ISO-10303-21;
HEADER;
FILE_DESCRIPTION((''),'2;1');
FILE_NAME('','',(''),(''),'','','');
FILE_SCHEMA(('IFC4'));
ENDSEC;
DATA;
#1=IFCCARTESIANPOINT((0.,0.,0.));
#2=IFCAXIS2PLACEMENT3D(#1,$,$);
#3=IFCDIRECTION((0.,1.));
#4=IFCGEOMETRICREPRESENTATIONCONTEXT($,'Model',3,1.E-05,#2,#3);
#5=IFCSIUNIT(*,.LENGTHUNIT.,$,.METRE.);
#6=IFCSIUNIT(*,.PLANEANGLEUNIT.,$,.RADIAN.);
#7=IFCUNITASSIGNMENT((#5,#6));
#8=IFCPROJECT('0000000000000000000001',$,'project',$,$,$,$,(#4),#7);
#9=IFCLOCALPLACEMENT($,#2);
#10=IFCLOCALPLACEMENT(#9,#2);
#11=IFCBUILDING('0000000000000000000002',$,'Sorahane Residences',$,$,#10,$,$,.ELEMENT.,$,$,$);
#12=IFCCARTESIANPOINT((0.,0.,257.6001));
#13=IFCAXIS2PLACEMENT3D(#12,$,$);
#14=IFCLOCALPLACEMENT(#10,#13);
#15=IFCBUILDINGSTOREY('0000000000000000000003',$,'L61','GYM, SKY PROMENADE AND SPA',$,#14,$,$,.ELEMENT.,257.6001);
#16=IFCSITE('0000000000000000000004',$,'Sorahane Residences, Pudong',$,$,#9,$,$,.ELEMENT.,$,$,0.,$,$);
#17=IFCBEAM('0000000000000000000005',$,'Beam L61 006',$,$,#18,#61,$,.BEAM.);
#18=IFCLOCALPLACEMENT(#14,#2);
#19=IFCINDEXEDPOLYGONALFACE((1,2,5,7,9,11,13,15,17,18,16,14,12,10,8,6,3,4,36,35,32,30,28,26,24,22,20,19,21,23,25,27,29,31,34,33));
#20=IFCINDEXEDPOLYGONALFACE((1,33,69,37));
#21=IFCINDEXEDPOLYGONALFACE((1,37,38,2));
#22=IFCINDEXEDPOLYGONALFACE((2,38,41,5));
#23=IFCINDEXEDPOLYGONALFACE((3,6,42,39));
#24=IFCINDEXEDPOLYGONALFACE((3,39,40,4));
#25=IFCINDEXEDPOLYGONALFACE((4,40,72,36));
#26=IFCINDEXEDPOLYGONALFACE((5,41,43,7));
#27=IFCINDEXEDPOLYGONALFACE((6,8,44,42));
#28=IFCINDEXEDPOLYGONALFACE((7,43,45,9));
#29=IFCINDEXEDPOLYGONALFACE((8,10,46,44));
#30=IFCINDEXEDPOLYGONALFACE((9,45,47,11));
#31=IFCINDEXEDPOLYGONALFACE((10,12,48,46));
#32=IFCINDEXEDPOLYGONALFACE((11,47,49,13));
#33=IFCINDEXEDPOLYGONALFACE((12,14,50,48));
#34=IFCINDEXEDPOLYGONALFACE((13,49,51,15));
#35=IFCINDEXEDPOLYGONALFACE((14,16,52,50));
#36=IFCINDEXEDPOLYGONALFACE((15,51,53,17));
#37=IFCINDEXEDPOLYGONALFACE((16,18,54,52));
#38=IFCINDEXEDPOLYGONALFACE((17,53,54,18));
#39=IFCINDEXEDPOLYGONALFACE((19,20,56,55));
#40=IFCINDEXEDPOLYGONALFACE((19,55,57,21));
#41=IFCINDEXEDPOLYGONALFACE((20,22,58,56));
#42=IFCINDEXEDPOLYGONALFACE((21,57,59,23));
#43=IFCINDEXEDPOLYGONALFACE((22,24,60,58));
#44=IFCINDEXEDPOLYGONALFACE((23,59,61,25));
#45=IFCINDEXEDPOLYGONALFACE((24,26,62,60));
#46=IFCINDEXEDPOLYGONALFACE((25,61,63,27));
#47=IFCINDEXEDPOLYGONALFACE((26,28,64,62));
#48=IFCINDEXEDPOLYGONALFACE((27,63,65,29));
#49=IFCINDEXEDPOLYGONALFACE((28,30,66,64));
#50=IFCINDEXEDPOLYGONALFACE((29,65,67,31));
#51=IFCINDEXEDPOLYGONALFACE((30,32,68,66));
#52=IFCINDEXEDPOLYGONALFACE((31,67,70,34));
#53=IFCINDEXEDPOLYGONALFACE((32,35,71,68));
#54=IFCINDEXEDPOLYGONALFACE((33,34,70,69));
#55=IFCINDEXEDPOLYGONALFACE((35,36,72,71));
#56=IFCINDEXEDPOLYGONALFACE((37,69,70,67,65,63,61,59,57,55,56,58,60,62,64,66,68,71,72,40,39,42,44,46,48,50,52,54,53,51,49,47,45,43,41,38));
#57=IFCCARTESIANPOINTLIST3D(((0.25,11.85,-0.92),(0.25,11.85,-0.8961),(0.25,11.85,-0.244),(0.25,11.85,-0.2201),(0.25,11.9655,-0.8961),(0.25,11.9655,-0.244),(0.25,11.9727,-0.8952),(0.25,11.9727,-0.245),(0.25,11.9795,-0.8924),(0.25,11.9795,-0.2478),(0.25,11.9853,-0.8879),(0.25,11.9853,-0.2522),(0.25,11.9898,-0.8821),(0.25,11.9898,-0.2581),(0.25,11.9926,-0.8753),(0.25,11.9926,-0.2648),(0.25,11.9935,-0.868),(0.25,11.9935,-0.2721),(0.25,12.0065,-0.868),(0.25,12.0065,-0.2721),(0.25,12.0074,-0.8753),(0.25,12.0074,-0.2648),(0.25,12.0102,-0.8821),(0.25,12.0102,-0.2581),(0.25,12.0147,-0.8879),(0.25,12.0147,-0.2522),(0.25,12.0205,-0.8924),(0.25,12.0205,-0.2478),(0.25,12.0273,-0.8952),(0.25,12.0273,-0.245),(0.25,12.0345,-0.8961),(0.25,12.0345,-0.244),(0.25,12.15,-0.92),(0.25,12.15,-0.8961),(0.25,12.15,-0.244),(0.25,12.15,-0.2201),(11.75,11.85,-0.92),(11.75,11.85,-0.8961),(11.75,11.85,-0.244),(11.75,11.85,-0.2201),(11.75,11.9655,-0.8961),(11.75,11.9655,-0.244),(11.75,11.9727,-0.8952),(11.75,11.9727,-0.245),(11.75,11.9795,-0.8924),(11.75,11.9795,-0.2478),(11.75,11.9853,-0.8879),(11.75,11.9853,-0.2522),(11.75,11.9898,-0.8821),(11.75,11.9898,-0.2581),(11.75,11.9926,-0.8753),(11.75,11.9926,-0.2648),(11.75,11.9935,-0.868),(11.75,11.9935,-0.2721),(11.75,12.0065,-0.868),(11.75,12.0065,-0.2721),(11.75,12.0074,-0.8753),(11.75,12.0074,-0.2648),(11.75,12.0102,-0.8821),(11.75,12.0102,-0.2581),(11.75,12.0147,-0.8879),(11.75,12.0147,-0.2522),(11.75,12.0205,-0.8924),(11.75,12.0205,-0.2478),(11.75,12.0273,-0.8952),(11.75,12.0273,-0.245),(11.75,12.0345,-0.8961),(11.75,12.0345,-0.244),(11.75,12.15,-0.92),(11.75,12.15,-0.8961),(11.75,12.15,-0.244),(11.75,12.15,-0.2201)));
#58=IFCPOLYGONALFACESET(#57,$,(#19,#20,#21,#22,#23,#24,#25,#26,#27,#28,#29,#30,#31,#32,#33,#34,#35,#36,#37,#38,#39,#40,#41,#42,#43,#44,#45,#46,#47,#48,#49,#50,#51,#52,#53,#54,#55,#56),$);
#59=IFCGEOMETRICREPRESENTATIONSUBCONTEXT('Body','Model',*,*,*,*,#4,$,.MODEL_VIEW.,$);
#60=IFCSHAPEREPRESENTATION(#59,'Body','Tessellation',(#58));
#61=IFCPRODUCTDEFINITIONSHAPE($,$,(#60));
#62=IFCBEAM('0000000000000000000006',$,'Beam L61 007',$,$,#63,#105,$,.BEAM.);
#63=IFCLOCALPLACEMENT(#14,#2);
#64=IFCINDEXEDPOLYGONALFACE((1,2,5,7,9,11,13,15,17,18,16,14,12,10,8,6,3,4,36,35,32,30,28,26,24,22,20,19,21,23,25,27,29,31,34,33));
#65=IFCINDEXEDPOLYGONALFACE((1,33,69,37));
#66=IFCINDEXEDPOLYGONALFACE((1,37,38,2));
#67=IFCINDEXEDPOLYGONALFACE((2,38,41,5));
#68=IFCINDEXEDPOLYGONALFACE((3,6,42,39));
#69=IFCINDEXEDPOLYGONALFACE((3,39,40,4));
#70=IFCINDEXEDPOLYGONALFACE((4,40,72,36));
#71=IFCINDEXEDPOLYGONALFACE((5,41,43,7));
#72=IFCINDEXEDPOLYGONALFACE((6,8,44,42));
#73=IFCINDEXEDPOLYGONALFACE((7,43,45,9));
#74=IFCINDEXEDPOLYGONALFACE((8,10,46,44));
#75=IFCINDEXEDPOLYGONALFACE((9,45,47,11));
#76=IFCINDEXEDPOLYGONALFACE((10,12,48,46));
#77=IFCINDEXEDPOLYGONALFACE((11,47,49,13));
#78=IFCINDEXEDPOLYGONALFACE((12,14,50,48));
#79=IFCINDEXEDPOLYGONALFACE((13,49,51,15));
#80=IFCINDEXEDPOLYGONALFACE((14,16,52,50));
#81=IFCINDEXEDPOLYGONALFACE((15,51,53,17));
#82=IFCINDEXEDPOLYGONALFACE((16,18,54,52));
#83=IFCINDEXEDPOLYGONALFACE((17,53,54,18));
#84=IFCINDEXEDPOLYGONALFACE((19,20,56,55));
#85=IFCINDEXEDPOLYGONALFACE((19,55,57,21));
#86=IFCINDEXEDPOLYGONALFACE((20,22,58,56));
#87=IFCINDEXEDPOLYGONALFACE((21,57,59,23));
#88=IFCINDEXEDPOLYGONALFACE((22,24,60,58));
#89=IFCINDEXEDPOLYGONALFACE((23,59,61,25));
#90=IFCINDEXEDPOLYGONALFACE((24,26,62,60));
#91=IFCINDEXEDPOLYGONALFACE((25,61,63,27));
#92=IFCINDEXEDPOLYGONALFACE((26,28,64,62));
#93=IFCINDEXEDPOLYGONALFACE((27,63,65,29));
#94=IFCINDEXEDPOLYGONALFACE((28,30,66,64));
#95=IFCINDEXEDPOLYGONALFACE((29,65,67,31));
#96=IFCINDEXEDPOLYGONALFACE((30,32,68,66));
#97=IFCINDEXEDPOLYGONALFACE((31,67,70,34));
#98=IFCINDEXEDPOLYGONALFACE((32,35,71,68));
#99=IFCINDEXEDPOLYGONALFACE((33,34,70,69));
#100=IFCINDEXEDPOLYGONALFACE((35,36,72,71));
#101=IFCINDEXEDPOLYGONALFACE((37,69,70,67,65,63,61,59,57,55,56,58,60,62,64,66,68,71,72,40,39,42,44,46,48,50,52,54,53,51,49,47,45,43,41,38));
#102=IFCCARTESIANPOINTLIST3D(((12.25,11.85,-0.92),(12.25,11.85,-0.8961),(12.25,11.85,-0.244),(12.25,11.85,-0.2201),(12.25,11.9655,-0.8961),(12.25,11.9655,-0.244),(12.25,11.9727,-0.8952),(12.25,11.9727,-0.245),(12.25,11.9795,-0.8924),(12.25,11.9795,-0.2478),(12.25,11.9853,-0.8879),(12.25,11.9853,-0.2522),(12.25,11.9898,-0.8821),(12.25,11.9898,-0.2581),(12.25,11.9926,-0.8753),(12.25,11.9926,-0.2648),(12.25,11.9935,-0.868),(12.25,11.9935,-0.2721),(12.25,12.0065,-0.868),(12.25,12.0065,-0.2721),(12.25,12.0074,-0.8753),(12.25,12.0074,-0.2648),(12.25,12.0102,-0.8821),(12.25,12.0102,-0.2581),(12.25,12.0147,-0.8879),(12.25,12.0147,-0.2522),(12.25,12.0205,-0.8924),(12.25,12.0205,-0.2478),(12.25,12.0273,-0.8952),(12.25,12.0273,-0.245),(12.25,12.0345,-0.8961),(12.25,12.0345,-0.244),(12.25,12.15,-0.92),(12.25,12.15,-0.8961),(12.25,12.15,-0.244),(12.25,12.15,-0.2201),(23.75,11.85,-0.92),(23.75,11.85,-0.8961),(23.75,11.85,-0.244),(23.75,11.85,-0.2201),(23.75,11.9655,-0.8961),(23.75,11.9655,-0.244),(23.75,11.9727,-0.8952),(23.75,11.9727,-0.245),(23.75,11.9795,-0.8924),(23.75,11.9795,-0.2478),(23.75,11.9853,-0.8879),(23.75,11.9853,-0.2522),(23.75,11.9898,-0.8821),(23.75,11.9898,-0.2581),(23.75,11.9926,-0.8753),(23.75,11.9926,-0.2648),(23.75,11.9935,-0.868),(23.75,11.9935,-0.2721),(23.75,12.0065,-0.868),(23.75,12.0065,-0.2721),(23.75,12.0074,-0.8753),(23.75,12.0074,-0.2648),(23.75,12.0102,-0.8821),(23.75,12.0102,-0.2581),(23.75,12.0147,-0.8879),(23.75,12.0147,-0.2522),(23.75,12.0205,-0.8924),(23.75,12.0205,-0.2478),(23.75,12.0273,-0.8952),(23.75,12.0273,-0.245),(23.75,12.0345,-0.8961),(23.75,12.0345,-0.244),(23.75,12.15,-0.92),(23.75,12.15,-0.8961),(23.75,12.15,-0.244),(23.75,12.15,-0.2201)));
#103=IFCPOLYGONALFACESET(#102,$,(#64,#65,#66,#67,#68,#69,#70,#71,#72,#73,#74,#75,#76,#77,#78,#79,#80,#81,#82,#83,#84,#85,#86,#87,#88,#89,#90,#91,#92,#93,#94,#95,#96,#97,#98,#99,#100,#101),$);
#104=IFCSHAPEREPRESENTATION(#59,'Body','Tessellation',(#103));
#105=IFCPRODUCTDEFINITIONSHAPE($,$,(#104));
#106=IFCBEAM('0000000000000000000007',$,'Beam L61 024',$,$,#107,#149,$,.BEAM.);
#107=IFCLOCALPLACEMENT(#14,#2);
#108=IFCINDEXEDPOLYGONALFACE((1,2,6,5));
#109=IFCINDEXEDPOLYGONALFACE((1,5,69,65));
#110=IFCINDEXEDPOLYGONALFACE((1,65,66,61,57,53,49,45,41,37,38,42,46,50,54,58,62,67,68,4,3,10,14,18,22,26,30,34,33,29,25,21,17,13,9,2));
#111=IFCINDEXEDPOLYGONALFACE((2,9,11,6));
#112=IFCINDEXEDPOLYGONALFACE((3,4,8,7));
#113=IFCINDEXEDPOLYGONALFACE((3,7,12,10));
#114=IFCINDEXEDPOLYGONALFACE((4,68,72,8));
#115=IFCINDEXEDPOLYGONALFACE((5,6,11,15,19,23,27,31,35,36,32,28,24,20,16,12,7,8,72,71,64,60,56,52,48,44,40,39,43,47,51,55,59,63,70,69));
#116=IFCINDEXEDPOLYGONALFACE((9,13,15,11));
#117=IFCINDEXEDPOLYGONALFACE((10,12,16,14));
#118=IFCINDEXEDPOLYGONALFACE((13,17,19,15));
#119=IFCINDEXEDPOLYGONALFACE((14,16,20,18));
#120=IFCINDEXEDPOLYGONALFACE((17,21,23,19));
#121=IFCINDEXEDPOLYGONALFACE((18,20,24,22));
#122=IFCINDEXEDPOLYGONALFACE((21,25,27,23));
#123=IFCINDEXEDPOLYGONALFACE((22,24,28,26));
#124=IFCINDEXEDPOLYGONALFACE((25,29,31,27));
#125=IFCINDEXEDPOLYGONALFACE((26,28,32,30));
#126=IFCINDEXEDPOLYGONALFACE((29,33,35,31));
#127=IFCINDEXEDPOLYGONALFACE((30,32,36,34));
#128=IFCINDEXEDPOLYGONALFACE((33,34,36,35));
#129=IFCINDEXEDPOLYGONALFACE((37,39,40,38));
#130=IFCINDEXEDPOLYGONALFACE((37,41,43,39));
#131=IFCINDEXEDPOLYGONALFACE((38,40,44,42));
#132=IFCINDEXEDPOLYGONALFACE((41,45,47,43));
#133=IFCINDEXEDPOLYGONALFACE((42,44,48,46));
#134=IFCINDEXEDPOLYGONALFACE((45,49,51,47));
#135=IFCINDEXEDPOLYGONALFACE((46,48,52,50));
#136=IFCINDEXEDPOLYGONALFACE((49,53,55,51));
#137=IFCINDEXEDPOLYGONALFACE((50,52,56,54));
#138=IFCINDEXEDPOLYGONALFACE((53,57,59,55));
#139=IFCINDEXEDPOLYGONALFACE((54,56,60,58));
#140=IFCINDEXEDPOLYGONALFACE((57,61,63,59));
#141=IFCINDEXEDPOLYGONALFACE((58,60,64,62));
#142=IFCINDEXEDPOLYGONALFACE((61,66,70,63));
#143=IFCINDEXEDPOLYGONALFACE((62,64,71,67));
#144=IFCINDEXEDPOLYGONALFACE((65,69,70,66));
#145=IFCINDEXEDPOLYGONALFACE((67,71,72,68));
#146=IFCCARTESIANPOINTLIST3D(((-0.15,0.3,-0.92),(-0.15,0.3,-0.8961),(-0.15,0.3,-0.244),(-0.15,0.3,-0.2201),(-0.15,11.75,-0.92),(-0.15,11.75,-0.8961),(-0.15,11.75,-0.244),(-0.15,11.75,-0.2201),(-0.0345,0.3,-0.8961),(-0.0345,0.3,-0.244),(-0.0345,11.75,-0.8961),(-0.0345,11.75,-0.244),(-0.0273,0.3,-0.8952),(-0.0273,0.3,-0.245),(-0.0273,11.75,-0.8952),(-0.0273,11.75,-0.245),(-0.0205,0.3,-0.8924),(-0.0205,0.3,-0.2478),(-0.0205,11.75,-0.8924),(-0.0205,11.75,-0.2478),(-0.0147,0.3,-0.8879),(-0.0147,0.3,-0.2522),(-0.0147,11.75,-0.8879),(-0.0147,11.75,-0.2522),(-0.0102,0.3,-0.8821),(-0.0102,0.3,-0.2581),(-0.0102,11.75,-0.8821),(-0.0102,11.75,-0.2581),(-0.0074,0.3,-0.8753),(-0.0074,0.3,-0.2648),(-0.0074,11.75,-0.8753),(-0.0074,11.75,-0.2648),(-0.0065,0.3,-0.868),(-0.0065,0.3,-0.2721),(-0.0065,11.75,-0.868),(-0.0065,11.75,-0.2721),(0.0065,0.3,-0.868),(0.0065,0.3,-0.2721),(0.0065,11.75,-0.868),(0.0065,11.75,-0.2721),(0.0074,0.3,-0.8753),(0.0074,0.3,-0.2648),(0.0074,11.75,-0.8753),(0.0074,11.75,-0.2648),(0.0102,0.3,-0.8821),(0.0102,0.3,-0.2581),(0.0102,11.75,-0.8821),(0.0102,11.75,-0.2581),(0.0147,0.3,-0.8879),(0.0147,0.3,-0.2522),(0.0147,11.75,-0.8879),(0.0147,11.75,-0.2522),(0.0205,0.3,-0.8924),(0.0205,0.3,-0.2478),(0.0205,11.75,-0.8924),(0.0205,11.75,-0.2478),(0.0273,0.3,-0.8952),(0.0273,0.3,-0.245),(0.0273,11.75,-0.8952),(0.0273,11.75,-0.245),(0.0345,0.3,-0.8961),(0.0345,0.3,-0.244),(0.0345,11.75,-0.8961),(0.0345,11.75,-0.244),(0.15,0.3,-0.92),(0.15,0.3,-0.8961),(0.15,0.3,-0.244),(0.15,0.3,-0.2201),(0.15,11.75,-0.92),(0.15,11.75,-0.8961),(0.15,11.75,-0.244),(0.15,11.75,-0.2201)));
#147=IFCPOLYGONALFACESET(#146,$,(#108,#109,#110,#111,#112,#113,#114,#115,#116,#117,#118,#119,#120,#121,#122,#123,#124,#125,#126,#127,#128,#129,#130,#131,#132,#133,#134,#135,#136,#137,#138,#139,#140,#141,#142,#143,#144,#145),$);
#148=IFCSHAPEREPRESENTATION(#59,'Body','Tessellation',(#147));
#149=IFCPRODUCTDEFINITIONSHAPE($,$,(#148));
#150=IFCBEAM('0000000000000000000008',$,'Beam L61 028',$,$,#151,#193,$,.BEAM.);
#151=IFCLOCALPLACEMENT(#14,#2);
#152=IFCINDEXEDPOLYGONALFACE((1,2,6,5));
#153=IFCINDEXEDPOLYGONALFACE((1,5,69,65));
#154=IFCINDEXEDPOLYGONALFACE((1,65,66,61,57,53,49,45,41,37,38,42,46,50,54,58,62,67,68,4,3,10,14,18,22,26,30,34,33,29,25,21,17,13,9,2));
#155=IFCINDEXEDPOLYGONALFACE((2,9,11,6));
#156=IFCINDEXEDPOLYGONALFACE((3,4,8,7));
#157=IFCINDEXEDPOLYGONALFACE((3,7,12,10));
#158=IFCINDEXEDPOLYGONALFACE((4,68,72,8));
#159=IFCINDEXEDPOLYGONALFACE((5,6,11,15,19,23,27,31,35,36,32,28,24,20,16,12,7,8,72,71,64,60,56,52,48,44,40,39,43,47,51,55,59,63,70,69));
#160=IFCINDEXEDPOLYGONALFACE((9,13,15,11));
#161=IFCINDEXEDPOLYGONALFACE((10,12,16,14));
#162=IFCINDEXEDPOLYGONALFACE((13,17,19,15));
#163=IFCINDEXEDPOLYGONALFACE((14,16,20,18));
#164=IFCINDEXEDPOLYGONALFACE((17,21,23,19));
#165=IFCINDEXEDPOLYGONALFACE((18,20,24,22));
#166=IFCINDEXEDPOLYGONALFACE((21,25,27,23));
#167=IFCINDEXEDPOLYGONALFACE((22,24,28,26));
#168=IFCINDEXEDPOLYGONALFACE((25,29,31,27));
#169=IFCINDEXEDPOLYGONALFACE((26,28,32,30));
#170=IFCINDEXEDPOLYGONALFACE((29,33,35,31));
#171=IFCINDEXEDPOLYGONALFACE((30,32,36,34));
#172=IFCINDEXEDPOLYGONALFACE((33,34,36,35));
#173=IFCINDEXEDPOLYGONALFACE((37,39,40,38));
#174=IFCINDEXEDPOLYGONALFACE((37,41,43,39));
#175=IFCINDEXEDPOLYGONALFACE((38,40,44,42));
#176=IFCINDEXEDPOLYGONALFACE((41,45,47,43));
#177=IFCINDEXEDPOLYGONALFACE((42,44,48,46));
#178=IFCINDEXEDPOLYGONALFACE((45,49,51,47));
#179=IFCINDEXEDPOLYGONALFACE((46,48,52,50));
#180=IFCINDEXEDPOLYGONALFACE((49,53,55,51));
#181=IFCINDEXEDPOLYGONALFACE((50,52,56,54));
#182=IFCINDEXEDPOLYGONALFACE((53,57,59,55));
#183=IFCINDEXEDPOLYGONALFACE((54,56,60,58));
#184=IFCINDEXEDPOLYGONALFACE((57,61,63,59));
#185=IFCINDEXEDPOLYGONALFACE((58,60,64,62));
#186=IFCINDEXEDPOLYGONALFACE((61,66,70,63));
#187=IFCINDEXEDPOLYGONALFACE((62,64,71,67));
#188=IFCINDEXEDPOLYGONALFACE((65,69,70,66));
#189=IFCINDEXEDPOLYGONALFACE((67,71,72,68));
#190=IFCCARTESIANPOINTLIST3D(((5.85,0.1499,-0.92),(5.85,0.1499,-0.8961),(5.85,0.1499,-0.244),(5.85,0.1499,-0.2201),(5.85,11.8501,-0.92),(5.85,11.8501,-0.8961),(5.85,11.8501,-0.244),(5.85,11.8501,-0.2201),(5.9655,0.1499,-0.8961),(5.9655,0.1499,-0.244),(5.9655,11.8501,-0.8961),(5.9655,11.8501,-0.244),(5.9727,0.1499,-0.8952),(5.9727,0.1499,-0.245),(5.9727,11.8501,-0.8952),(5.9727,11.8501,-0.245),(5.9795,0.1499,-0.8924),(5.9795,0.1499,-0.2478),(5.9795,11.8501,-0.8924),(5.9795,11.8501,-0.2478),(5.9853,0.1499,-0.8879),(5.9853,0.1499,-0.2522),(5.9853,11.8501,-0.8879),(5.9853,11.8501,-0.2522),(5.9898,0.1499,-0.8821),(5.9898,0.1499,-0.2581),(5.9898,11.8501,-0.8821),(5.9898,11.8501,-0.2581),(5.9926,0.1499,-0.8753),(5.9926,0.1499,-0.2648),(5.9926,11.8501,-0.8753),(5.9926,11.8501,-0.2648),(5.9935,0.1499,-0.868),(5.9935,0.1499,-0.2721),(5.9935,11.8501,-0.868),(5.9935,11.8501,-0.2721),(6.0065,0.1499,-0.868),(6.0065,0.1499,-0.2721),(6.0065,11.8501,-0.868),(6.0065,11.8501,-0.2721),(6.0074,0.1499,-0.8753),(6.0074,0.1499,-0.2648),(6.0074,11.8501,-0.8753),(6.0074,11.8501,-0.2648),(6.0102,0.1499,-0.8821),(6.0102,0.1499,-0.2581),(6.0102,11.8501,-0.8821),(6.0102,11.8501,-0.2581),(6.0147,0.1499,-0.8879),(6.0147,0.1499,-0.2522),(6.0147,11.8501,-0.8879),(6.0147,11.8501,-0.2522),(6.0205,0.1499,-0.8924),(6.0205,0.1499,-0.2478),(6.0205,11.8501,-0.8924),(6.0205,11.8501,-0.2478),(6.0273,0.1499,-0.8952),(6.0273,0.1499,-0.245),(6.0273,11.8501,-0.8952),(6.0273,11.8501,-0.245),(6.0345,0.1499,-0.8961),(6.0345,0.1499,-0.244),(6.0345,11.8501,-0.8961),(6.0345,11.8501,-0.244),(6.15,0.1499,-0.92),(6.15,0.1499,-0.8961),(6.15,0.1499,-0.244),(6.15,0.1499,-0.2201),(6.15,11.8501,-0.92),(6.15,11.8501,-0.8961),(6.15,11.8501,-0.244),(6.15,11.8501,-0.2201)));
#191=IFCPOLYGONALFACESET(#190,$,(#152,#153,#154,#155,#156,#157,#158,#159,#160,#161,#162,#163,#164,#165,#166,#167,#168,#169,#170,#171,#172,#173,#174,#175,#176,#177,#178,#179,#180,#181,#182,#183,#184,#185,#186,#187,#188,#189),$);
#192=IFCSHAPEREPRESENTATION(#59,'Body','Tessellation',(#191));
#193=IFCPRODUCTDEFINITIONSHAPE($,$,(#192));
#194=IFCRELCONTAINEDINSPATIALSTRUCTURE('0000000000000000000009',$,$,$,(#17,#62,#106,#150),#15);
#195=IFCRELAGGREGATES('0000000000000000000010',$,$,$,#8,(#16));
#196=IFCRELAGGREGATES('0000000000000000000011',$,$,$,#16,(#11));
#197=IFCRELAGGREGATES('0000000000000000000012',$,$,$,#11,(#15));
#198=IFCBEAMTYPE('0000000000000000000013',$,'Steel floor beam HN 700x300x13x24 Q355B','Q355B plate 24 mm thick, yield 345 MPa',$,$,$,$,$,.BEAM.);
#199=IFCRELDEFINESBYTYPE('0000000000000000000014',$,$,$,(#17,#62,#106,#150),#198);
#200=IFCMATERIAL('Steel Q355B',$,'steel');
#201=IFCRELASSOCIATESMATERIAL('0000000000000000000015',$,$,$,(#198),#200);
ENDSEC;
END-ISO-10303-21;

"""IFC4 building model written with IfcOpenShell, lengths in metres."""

from ifc_helpers import new_model, si_unit, direction, frame, origin, origin_2d, place, context, subcontext, project, spatial, i_section, extrude, material, material_profile, profile_set, type_object, element, save


model = new_model("IFC4")

# Units and contexts
model_context = context("Model", 3, precision=1e-05, world=origin(), true_north=direction((0.0, 1.0)))
body_context = subcontext(model_context, "Body", "Model", "MODEL_VIEW")
ifc_project = project(units=[si_unit("LENGTHUNIT", "METRE"), si_unit("PLANEANGLEUNIT", "RADIAN")], contexts=[model_context])

# Site, building, storey
site_placement = place(None, origin())
site = spatial("IfcSite", under=ifc_project, at=site_placement, Name="Sorahane Residences, Pudong", CompositionType="ELEMENT", RefElevation=0.0)
building_placement = place(site_placement, origin())
building = spatial("IfcBuilding", under=site, at=building_placement, Name="Sorahane Residences", CompositionType="ELEMENT")
storey_placement = place(building_placement, frame((0.0, 0.0, 257.6001)))
storey = spatial("IfcBuildingStorey", under=building, at=storey_placement, Name="L61", Description="GYM, SKY PROMENADE AND SPA", CompositionType="ELEMENT", Elevation=257.6001)

# Beams
ifc_material_1 = material(Name="Steel Q355B", Category="steel")
ifc_material_profile_1 = material_profile(ifc_material_1, i_section(OverallWidth=0.3, OverallDepth=0.7, WebThickness=0.0129, FlangeThickness=0.0239, FilletRadius=0.0281, at=origin_2d()), Name="HN 700x300x13x24")
ifc_profile_set_1 = profile_set([ifc_material_profile_1], Name="Steel Q355B")
beam_type_1 = type_object("IfcBeamType", Name="Steel floor beam HN 700x300x13x24 Q355B", Description="Q355B plate 24 mm thick, yield 345 MPa", PredefinedType="BEAM", material=ifc_profile_set_1)
for number, where, z_axis, x_axis, name in (
    (1, (0.25, 12.0, -0.5701), (1.0, 0.0, 0.0), (0.0, 1.0, 0.0), "Beam L61 006"),
    (2, (12.25, 12.0, -0.5701), (1.0, 0.0, 0.0), (0.0, 1.0, 0.0), "Beam L61 007"),
):
    element("IfcBeam", number, at=place(storey_placement, frame(where, z_axis=z_axis, x_axis=x_axis)), inside=storey, type_object=beam_type_1, Name=name, PredefinedType="BEAM", context=body_context, shape_type="SweptSolid", body=[
        extrude(i_section(OverallWidth=0.3, OverallDepth=0.7, WebThickness=0.0129, FlangeThickness=0.0239, FilletRadius=0.0281, at=origin_2d()), origin(), (0.0, 0.0, 1.0), 11.5),
    ])
beam_1_placement = place(storey_placement, frame((0.0, 0.3, -0.5701), z_axis=(0.0, 1.0, 0.0), x_axis=(-1.0, 0.0, 0.0)))
element("IfcBeam", 3, at=beam_1_placement, inside=storey, type_object=beam_type_1, Name="Beam L61 024", PredefinedType="BEAM", context=body_context, shape_type="SweptSolid", body=[
    extrude(i_section(OverallWidth=0.3, OverallDepth=0.7, WebThickness=0.0129, FlangeThickness=0.0239, FilletRadius=0.0281, at=origin_2d()), origin(), (0.0, 0.0, 1.0), 11.45),
])
beam_2_placement = place(storey_placement, frame((6.0, 0.1499, -0.5701), z_axis=(0.0, 1.0, 0.0), x_axis=(-1.0, 0.0, 0.0)))
element("IfcBeam", 4, at=beam_2_placement, inside=storey, type_object=beam_type_1, Name="Beam L61 028", PredefinedType="BEAM", context=body_context, shape_type="SweptSolid", body=[
    extrude(i_section(OverallWidth=0.3, OverallDepth=0.7, WebThickness=0.0129, FlangeThickness=0.0239, FilletRadius=0.0281, at=origin_2d()), origin(), (0.0, 0.0, 1.0), 11.7002),
])

save(model, "model.ifc")
